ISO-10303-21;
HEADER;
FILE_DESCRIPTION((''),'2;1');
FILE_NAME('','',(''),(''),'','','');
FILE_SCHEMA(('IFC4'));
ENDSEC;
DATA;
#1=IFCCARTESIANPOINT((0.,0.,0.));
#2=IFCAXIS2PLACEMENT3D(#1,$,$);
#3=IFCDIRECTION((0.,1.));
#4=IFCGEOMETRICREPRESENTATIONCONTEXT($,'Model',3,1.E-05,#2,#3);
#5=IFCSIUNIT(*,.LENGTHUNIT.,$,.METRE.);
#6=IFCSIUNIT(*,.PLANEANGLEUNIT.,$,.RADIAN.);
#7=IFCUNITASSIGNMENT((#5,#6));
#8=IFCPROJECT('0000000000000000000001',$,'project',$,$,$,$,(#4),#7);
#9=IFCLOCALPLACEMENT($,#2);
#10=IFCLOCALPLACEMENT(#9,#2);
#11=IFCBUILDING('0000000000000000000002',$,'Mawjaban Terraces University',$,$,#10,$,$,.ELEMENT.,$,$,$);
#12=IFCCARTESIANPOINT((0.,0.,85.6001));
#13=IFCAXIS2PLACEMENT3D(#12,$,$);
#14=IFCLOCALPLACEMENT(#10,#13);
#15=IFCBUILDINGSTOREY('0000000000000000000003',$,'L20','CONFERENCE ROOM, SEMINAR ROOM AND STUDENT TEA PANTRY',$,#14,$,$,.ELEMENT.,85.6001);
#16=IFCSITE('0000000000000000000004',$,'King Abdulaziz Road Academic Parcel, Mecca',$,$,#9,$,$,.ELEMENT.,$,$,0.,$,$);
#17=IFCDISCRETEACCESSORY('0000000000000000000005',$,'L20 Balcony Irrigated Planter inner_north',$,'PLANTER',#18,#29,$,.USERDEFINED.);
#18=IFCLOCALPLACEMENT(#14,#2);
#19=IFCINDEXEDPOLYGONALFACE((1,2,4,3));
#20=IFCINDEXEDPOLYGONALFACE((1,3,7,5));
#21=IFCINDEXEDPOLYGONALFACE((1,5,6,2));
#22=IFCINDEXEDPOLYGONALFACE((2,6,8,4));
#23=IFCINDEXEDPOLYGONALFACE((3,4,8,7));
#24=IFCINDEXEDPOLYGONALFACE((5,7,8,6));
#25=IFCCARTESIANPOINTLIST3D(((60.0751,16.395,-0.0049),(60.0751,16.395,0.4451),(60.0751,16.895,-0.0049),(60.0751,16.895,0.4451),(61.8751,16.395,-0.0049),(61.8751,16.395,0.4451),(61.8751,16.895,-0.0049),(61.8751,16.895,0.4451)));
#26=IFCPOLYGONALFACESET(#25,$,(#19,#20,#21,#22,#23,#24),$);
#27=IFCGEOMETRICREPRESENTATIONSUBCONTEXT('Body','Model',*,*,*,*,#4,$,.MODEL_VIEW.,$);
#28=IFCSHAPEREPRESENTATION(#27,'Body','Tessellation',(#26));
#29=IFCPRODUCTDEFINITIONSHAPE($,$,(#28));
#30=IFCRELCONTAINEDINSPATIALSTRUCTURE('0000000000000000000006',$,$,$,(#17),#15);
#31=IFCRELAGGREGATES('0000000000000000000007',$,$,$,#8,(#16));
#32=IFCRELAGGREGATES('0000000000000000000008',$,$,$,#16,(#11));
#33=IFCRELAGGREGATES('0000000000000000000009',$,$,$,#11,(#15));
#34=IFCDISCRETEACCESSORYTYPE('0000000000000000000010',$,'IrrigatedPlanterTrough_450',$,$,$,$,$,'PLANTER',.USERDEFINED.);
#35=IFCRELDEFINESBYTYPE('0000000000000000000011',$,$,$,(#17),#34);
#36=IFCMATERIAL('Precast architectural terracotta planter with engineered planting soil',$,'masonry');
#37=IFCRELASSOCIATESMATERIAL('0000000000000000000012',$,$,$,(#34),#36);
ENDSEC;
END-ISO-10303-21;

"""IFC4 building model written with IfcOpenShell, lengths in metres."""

from ifc_helpers import new_model, si_unit, direction, frame, origin, origin_2d, place, context, subcontext, project, spatial, rectangle, extrude, material, type_object, element, save


model = new_model("IFC4")

# Units and contexts
model_context = context("Model", 3, precision=1e-05, world=origin(), true_north=direction((0.0, 1.0)))
body_context = subcontext(model_context, "Body", "Model", "MODEL_VIEW")
ifc_project = project(units=[si_unit("LENGTHUNIT", "METRE"), si_unit("PLANEANGLEUNIT", "RADIAN")], contexts=[model_context])

# Site, building, storey
site_placement = place(None, origin())
site = spatial("IfcSite", under=ifc_project, at=site_placement, Name="King Abdulaziz Road Academic Parcel, Mecca", CompositionType="ELEMENT", RefElevation=0.0)
building_placement = place(site_placement, origin())
building = spatial("IfcBuilding", under=site, at=building_placement, Name="Mawjaban Terraces University", CompositionType="ELEMENT")
storey_placement = place(building_placement, frame((0.0, 0.0, 85.6001)))
storey = spatial("IfcBuildingStorey", under=building, at=storey_placement, Name="L20", Description="CONFERENCE ROOM, SEMINAR ROOM AND STUDENT TEA PANTRY", CompositionType="ELEMENT", Elevation=85.6001)

# Discrete accessory
ifc_material_1 = material(Name="Precast architectural terracotta planter with engineered planting soil", Category="masonry")
discrete_accessory_type_1 = type_object("IfcDiscreteAccessoryType", Name="IrrigatedPlanterTrough_450", ElementType="PLANTER", PredefinedType="USERDEFINED", material=ifc_material_1)
discrete_accessory_1_placement = place(storey_placement, frame((60.9751, 16.645, -0.0049), z_axis=(0.0, 0.0, 1.0), x_axis=(1.0, 0.0, 0.0)))
element("IfcDiscreteAccessory", 1, at=discrete_accessory_1_placement, inside=storey, type_object=discrete_accessory_type_1, Name="L20 Balcony Irrigated Planter inner_north", ObjectType="PLANTER", PredefinedType="USERDEFINED", context=body_context, shape_type="SweptSolid", body=[
    extrude(rectangle(XDim=1.8, YDim=0.5, at=origin_2d()), origin(), (0.0, 0.0, 1.0), 0.45),
])

save(model, "model.ifc")
